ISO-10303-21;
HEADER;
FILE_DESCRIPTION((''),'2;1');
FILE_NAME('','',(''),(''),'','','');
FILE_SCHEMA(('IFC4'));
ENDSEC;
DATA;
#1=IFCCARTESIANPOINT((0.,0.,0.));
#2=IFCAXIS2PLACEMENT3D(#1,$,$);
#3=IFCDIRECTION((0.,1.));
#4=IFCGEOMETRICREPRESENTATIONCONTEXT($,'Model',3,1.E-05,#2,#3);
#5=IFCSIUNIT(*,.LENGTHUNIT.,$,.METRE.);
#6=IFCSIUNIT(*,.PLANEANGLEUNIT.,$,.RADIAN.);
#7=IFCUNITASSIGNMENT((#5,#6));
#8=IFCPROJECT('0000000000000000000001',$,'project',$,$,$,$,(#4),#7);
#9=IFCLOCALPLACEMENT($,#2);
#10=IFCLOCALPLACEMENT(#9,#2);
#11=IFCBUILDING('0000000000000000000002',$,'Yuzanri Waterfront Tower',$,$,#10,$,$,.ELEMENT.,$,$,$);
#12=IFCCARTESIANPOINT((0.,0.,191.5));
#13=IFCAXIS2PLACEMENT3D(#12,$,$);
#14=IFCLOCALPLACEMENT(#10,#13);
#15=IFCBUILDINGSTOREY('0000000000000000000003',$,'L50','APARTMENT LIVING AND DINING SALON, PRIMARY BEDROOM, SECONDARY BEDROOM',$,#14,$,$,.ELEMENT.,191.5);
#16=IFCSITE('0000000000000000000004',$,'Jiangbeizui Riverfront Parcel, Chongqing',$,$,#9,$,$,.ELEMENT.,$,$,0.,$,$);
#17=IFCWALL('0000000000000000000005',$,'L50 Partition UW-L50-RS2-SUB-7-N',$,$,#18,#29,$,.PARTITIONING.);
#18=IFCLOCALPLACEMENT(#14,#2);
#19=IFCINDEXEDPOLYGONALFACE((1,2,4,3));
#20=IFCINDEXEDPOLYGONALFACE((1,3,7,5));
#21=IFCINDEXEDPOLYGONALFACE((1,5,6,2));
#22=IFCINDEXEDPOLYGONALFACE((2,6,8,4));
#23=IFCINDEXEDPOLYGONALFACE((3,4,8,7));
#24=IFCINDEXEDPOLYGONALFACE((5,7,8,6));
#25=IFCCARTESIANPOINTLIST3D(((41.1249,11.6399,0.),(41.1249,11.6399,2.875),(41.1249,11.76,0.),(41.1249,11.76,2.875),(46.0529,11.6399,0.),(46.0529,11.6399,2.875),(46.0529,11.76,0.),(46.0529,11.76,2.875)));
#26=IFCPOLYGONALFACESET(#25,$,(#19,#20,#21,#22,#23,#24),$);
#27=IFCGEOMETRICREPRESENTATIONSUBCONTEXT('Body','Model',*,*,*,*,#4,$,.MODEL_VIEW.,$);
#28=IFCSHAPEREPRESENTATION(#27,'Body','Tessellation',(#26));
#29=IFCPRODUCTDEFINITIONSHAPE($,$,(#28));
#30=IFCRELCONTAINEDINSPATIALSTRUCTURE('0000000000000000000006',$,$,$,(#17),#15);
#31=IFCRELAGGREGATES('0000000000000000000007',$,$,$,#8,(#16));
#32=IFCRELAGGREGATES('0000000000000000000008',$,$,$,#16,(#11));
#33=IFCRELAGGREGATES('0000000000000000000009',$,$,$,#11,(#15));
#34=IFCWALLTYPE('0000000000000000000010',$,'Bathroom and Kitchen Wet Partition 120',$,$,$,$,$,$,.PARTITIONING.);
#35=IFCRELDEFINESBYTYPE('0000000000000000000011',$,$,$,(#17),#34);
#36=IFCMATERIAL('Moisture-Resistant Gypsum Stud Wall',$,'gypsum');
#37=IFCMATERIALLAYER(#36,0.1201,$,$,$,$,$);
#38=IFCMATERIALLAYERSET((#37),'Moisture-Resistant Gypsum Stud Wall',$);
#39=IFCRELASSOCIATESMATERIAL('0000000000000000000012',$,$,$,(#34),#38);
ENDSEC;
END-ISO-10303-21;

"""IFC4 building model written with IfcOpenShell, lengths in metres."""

from ifc_helpers import new_model, si_unit, direction, frame, frame_2d, origin, place, context, subcontext, project, spatial, rectangle, extrude, source, transform, mapped, material, layer, layer_set, type_object, element, save


model = new_model("IFC4")

# Units and contexts
model_context = context("Model", 3, precision=1e-05, world=origin(), true_north=direction((0.0, 1.0)))
body_context = subcontext(model_context, "Body", "Model", "MODEL_VIEW")
ifc_project = project(units=[si_unit("LENGTHUNIT", "METRE"), si_unit("PLANEANGLEUNIT", "RADIAN")], contexts=[model_context])

# Site, building, storey
site_placement = place(None, origin())
site = spatial("IfcSite", under=ifc_project, at=site_placement, Name="Jiangbeizui Riverfront Parcel, Chongqing", CompositionType="ELEMENT", RefElevation=0.0)
building_placement = place(site_placement, origin())
building = spatial("IfcBuilding", under=site, at=building_placement, Name="Yuzanri Waterfront Tower", CompositionType="ELEMENT")
storey_placement = place(building_placement, frame((0.0, 0.0, 191.5)))
storey = spatial("IfcBuildingStorey", under=building, at=storey_placement, Name="L50", Description="APARTMENT LIVING AND DINING SALON, PRIMARY BEDROOM, SECONDARY BEDROOM", CompositionType="ELEMENT", Elevation=191.5)

# Shared definitions
ifc_material_1 = material(Name="Moisture-Resistant Gypsum Stud Wall", Category="gypsum")
ifc_layer_1 = layer(ifc_material_1, 0.1201)
ifc_layer_set_1 = layer_set([ifc_layer_1], Name="Moisture-Resistant Gypsum Stud Wall")
wall_type_1 = type_object("IfcWallType", Name="Bathroom and Kitchen Wet Partition 120", PredefinedType="PARTITIONING", material=ifc_layer_set_1)

# Wall
shared_shape_1 = source(origin(), body_context, "Body", "SweptSolid", [
    extrude(rectangle(XDim=4.928, YDim=0.1201, at=frame_2d((2.4639, 0.0))), origin(), (0.0, 0.0, 1.0), 2.875),
])
wall_1_placement = place(storey_placement, frame((41.125, 11.7, 0.0), z_axis=(0.0, 0.0, 1.0), x_axis=(1.0, 0.0, 0.0)))
element("IfcWall", 1, at=wall_1_placement, inside=storey, type_object=wall_type_1, Name="L50 Partition UW-L50-RS2-SUB-7-N", PredefinedType="PARTITIONING", context=body_context, shape_type="MappedRepresentation", body=[
    mapped(shared_shape_1, transform((0.0, 0.0, 0.0), scale=1.0)),
])

save(model, "model.ifc")
